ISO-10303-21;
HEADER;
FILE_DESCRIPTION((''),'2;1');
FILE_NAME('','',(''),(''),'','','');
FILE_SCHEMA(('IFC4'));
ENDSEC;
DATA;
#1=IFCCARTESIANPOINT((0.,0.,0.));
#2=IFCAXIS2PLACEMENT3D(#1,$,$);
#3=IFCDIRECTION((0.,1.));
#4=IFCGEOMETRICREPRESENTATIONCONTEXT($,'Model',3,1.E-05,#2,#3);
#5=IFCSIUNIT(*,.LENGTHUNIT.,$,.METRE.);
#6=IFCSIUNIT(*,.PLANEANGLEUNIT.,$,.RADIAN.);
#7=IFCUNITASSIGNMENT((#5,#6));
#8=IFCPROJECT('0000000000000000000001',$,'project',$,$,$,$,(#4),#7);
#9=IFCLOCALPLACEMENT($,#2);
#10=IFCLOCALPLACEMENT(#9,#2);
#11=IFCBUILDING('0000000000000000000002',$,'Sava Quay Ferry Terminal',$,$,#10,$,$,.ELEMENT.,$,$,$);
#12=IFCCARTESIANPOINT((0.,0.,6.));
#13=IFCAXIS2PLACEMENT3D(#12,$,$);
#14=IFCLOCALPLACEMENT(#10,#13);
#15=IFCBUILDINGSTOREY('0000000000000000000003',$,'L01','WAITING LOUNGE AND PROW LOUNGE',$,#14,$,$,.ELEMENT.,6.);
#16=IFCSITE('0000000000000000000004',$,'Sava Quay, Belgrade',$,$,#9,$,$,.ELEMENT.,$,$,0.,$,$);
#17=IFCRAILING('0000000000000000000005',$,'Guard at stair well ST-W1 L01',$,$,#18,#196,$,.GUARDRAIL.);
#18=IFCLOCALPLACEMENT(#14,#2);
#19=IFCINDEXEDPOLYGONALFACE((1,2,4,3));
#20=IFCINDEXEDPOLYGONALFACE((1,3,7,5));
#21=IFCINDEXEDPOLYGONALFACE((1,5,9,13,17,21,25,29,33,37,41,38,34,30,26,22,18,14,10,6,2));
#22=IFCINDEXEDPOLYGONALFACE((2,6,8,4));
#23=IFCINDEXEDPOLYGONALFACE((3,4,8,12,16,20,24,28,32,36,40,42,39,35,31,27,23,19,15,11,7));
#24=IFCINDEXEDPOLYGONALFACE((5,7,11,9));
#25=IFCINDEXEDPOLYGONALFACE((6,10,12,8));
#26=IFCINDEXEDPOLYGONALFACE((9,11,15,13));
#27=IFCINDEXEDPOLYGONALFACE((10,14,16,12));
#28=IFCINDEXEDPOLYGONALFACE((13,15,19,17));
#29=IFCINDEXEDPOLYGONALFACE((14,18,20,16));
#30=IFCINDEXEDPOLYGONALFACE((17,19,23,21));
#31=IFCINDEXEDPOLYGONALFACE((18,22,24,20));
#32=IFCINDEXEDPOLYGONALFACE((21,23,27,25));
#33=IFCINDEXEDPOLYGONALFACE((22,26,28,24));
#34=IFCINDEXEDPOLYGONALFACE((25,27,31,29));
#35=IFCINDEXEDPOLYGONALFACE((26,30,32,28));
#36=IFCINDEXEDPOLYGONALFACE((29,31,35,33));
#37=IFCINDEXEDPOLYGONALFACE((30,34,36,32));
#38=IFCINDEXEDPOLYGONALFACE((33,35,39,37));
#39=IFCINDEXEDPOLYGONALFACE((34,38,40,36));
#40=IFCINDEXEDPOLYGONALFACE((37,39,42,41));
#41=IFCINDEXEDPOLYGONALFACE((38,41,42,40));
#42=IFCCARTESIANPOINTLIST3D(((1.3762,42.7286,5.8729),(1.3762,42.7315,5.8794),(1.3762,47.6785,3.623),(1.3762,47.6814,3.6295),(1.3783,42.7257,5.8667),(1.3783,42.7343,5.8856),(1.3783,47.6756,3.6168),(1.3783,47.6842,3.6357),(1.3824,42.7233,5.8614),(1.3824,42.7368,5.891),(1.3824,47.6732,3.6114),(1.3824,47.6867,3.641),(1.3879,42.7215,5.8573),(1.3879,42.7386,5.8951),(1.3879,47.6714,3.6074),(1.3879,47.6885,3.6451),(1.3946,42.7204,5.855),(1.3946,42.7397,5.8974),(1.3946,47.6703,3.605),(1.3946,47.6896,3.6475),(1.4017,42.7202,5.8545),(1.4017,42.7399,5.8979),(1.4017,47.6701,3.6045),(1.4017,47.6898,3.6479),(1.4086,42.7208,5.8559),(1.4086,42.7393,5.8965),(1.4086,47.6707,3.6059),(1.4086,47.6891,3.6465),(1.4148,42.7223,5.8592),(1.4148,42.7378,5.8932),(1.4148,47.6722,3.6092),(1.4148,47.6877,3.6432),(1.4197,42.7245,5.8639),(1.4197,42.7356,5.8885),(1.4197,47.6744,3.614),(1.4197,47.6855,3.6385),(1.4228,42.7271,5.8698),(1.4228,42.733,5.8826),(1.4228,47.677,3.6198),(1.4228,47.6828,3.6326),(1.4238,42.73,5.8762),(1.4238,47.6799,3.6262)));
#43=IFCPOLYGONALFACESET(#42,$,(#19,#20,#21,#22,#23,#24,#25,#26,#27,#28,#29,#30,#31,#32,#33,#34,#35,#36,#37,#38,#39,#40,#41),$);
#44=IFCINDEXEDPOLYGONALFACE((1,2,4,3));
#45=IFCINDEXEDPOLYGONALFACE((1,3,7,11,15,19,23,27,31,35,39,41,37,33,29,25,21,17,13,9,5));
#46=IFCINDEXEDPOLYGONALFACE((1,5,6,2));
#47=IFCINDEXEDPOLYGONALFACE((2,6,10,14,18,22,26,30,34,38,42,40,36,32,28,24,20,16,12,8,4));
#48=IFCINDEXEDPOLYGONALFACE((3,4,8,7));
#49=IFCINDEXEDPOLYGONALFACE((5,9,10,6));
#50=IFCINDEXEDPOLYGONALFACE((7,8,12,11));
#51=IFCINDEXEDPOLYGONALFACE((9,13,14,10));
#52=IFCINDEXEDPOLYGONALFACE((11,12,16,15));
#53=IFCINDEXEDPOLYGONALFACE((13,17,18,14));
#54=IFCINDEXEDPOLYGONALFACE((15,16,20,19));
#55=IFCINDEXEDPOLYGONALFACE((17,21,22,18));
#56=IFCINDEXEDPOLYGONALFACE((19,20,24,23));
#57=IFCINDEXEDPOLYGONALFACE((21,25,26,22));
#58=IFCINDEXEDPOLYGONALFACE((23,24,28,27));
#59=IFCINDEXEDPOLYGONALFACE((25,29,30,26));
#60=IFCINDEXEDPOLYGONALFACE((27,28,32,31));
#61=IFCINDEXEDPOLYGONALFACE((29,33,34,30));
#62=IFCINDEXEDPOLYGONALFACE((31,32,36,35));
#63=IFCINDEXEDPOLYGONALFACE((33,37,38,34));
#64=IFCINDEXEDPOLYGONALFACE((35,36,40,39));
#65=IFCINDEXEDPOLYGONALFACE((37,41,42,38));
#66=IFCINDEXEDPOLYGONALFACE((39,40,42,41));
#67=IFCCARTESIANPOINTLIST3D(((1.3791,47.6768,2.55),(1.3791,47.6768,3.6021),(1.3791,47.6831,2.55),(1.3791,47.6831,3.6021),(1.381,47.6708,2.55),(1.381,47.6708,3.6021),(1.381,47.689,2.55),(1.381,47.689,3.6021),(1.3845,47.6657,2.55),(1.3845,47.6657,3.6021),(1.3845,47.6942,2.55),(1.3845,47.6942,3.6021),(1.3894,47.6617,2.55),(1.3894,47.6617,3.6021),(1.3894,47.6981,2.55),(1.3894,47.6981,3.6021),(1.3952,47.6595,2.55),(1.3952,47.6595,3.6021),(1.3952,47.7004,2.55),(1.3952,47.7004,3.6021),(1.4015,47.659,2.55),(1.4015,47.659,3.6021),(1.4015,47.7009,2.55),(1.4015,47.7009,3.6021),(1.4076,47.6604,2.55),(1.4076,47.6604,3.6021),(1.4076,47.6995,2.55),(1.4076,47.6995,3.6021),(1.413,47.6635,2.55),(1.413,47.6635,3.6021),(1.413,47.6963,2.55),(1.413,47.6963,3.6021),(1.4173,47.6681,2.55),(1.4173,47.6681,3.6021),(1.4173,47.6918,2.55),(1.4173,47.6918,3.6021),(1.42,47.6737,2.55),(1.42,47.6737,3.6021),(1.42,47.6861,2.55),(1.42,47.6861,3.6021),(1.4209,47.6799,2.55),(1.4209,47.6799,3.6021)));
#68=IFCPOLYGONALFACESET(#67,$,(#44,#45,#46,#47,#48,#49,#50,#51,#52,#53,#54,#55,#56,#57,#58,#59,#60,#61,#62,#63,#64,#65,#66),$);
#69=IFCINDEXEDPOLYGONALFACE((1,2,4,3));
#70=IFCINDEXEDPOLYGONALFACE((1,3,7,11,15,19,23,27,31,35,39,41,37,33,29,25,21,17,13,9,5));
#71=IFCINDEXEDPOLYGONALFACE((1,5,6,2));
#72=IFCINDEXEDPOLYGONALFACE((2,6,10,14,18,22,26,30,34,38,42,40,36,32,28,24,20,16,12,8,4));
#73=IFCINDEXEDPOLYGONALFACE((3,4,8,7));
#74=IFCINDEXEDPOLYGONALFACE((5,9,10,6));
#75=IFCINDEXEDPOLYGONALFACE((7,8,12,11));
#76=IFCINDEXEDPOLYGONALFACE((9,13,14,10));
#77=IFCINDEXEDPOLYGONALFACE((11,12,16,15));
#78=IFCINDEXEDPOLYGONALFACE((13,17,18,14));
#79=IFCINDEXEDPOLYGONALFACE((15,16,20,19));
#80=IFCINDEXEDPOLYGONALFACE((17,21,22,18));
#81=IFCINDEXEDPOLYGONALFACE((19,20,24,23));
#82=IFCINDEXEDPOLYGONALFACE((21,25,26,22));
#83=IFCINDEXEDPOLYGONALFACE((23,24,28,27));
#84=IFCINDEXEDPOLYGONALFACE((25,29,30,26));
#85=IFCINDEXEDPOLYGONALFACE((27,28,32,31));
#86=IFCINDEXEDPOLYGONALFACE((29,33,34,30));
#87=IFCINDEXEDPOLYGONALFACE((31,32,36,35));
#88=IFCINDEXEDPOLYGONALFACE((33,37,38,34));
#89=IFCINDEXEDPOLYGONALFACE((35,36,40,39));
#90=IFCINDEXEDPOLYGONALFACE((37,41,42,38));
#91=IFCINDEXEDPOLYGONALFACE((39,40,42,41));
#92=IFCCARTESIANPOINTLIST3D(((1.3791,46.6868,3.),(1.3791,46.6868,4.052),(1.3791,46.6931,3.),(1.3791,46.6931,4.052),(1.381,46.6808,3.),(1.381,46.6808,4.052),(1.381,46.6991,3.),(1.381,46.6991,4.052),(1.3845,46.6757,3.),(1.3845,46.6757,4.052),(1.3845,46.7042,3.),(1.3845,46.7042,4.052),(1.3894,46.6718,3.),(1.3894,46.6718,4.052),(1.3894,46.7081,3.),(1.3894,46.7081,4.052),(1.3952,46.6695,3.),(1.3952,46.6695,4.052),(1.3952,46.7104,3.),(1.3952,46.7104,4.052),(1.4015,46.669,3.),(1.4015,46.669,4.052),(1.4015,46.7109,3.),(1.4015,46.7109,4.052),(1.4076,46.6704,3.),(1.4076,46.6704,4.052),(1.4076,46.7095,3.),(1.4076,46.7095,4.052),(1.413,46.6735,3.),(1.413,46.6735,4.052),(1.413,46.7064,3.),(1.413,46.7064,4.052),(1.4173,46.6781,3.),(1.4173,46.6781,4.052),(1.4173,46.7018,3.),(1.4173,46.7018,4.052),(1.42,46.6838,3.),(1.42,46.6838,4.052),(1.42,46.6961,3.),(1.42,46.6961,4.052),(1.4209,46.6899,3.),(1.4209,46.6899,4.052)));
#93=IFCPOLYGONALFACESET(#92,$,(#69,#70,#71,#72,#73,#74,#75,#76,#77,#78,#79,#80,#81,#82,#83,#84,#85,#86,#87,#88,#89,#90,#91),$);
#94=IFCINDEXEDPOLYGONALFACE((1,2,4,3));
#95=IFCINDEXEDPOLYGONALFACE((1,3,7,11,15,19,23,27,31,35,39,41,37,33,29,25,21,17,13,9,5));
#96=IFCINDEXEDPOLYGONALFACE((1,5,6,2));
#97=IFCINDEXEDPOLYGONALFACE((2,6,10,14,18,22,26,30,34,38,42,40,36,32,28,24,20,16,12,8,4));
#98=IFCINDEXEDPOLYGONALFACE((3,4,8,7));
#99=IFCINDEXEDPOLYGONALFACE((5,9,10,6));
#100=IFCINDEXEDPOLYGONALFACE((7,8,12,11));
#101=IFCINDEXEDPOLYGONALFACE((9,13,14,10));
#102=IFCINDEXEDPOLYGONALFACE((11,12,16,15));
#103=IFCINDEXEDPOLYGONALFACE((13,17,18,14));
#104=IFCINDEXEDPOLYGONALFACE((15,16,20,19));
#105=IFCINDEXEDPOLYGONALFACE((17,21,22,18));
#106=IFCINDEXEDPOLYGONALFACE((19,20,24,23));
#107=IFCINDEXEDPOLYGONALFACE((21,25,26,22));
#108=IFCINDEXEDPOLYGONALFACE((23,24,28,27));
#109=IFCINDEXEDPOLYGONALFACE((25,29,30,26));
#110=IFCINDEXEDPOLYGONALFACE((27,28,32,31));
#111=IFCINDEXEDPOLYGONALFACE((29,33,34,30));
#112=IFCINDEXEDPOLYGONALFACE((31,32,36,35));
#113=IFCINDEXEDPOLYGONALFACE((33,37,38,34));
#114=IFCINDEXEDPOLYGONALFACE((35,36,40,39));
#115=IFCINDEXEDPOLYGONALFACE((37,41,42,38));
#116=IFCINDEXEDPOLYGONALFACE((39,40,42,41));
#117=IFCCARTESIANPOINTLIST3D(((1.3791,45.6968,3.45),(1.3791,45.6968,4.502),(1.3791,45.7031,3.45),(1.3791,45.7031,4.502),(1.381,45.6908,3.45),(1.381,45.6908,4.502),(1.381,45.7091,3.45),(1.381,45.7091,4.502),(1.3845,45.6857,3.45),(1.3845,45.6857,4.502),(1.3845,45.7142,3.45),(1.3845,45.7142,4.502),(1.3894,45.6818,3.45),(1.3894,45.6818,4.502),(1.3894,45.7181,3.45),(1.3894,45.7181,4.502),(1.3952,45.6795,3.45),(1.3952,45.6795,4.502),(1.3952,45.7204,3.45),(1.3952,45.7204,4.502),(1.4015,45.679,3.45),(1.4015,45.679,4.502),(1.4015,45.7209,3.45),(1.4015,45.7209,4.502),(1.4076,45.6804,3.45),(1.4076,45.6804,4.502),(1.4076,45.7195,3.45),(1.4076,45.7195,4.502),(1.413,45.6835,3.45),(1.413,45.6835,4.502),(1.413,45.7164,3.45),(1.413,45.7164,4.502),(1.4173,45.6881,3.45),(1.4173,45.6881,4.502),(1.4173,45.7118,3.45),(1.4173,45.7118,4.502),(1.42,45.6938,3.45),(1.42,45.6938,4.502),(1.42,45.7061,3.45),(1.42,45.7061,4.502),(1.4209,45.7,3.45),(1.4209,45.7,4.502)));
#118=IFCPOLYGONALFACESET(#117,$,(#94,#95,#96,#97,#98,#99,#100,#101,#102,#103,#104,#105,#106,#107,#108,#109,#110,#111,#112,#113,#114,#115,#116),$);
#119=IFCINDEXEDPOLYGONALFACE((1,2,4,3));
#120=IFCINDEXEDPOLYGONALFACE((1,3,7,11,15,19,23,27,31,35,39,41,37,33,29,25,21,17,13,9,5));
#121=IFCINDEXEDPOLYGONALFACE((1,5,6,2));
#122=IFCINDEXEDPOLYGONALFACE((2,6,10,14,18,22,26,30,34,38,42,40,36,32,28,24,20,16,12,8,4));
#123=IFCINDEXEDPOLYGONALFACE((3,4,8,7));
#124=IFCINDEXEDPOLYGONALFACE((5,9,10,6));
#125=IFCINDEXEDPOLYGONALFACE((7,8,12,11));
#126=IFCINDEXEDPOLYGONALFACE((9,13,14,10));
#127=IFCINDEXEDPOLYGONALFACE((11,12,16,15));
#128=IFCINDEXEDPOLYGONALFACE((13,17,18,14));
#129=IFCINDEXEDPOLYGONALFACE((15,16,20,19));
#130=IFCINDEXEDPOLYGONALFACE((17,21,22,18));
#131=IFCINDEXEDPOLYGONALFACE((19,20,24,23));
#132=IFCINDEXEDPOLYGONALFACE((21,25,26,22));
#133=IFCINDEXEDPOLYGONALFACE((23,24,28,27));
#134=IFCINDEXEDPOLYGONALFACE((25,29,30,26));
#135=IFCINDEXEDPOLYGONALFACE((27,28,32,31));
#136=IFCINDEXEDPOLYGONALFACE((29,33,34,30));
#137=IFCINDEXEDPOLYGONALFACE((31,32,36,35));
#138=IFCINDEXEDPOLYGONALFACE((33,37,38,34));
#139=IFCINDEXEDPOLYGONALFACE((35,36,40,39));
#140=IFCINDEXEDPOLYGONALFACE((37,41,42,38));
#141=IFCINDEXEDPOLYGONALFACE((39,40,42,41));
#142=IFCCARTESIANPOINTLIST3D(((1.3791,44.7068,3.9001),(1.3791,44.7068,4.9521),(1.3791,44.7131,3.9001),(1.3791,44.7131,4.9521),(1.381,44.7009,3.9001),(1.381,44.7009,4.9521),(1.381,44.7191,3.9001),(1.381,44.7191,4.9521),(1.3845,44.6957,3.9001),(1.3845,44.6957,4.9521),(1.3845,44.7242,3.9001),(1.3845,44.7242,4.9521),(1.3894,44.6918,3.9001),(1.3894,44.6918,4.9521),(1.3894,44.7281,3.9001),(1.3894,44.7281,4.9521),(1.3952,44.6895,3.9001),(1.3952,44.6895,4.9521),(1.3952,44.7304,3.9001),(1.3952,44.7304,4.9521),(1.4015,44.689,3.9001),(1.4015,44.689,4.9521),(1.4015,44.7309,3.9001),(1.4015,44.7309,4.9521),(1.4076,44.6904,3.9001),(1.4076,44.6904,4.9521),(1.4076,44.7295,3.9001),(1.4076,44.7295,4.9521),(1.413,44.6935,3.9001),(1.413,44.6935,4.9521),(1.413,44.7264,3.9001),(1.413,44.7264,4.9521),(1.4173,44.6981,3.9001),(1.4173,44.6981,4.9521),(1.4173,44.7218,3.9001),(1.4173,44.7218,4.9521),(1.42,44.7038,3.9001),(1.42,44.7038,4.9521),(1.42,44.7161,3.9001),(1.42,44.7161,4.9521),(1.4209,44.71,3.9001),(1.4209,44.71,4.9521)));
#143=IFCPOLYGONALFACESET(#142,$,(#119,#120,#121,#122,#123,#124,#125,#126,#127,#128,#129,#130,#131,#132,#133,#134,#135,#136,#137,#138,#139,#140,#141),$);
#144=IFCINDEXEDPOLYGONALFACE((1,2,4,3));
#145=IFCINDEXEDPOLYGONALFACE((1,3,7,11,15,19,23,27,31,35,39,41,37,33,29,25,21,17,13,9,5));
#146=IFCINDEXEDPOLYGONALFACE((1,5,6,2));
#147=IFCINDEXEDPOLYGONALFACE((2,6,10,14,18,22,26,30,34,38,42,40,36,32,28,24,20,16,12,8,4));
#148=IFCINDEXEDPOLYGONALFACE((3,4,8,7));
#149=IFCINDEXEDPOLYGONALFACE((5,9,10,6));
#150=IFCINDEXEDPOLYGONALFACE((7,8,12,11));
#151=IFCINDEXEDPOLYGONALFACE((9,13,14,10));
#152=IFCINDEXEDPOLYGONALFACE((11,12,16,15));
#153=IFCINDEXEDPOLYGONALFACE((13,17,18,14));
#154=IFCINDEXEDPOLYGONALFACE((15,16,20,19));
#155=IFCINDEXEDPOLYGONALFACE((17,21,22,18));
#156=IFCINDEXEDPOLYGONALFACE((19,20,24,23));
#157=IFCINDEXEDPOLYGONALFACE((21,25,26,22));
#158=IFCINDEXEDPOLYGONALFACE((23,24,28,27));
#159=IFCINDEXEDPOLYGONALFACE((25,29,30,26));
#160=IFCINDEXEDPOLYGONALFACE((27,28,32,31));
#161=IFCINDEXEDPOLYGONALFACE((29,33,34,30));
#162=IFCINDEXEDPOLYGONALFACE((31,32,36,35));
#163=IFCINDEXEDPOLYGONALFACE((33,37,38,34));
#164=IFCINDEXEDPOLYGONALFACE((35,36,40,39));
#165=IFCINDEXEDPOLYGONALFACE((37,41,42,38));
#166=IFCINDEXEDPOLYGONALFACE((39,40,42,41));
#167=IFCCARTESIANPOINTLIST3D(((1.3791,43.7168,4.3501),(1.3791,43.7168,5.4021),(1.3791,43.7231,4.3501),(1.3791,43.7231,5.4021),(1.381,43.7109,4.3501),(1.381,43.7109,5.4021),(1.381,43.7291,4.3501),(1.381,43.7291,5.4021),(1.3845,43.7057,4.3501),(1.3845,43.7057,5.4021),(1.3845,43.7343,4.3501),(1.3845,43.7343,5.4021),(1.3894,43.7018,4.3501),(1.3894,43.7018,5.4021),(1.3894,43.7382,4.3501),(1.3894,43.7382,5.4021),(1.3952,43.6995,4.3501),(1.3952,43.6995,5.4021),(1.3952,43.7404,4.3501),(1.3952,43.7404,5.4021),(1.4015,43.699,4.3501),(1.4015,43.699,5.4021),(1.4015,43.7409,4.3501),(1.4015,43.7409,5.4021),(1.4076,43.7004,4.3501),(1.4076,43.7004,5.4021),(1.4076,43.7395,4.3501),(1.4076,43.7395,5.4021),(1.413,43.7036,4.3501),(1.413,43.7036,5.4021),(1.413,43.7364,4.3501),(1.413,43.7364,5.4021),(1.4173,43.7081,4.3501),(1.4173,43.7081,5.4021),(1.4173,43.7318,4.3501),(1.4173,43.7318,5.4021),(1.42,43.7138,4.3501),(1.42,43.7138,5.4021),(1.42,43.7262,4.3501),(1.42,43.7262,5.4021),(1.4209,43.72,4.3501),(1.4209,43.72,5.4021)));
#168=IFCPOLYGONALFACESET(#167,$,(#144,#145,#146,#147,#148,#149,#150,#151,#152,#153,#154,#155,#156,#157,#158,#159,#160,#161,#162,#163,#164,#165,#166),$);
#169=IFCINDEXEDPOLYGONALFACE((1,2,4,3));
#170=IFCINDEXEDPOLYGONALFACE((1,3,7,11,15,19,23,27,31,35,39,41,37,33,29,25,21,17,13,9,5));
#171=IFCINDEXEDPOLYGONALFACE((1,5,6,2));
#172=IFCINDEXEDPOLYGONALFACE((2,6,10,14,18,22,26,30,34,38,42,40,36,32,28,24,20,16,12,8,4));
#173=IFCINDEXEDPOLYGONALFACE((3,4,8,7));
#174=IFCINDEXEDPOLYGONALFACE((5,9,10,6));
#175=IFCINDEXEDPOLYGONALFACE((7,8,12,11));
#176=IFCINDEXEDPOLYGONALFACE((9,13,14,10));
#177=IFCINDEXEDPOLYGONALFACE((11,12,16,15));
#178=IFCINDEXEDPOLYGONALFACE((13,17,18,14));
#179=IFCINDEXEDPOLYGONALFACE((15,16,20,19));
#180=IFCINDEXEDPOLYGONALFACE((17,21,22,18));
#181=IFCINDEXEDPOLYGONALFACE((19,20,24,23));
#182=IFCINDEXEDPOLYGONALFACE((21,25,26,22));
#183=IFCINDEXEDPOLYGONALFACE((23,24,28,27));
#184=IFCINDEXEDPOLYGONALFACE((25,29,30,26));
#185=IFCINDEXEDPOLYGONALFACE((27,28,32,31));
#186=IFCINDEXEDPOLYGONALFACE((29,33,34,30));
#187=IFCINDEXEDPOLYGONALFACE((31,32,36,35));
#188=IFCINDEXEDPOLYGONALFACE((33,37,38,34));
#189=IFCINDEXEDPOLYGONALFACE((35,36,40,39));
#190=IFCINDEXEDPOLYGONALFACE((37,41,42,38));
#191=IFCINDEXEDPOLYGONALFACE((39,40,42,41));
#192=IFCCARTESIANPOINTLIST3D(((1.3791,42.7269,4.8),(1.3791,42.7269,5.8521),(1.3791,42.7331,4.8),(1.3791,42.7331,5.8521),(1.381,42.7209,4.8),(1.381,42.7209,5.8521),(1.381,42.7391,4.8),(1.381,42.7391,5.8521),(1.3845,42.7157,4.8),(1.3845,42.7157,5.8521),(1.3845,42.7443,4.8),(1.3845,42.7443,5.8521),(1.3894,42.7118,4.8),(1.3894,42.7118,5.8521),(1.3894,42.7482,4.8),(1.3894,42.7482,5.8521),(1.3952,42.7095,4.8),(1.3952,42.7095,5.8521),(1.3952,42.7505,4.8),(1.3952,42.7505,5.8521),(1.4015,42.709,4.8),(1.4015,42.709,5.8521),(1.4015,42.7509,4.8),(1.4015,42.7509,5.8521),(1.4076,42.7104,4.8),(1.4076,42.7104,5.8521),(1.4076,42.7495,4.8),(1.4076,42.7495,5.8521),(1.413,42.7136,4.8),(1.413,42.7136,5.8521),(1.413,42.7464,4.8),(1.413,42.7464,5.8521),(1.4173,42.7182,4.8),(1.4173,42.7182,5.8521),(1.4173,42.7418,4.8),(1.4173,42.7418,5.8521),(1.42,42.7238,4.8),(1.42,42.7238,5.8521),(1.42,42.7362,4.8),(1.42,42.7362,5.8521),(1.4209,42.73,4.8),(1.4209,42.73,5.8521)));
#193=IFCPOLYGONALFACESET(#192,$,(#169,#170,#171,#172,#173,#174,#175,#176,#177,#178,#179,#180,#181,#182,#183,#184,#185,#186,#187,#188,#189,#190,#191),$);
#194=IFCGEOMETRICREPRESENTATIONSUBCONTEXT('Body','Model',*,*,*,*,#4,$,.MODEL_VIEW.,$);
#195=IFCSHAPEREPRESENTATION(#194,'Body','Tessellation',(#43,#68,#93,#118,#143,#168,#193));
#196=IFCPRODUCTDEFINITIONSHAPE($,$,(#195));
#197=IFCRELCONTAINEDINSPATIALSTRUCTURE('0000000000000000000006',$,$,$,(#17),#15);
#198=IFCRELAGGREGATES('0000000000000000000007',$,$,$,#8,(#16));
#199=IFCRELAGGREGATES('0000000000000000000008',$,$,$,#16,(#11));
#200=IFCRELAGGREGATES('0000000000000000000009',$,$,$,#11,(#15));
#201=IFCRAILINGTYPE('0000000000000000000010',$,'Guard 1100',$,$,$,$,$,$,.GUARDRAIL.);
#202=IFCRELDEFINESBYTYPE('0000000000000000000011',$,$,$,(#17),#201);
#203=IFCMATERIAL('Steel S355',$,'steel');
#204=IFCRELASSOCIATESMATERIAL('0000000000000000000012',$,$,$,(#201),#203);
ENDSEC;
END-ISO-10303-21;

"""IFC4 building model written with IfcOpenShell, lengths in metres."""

from ifc_helpers import new_model, si_unit, direction, frame, origin, origin_2d, place, context, subcontext, project, spatial, circle, extrude, material, type_object, element, save


model = new_model("IFC4")

# Units and contexts
model_context = context("Model", 3, precision=1e-05, world=origin(), true_north=direction((0.0, 1.0)))
body_context = subcontext(model_context, "Body", "Model", "MODEL_VIEW")
ifc_project = project(units=[si_unit("LENGTHUNIT", "METRE"), si_unit("PLANEANGLEUNIT", "RADIAN")], contexts=[model_context])

# Site, building, storey
site_placement = place(None, origin())
site = spatial("IfcSite", under=ifc_project, at=site_placement, Name="Sava Quay, Belgrade", CompositionType="ELEMENT", RefElevation=0.0)
building_placement = place(site_placement, origin())
building = spatial("IfcBuilding", under=site, at=building_placement, Name="Sava Quay Ferry Terminal", CompositionType="ELEMENT")
storey_placement = place(building_placement, frame((0.0, 0.0, 6.0)))
storey = spatial("IfcBuildingStorey", under=building, at=storey_placement, Name="L01", Description="WAITING LOUNGE AND PROW LOUNGE", CompositionType="ELEMENT", Elevation=6.0)

# Railing
ifc_material_1 = material(Name="Steel S355", Category="steel")
railing_type_1 = type_object("IfcRailingType", Name="Guard 1100", PredefinedType="GUARDRAIL", material=ifc_material_1)
railing_1_placement = place(storey_placement, frame((1.3999, 47.6799, 2.55)))
element("IfcRailing", 1, at=railing_1_placement, inside=storey, type_object=railing_type_1, Name="Guard at stair well ST-W1 L01", PredefinedType="GUARDRAIL", context=body_context, shape_type="SweptSolid", body=[
    extrude(circle(Radius=0.0239, at=origin_2d()), frame((0.0, 0.0, 1.0762), z_axis=(0.0, -0.910365, 0.413806), x_axis=(1.0, 0.0, 0.0)), (0.0, 0.0, 1.0), 5.4373),
    extrude(circle(Radius=0.021, at=origin_2d()), origin(), (0.0, 0.0, 1.0), 1.052),
    extrude(circle(Radius=0.021, at=origin_2d()), frame((0.0, -0.99, 0.45)), (0.0, 0.0, 1.0), 1.052),
    extrude(circle(Radius=0.021, at=origin_2d()), frame((0.0, -1.98, 0.8999)), (0.0, 0.0, 1.0), 1.052),
    extrude(circle(Radius=0.021, at=origin_2d()), frame((0.0, -2.97, 1.3501)), (0.0, 0.0, 1.0), 1.052),
    extrude(circle(Radius=0.021, at=origin_2d()), frame((0.0, -3.96, 1.8)), (0.0, 0.0, 1.0), 1.052),
    extrude(circle(Radius=0.021, at=origin_2d()), frame((0.0, -4.95, 2.25)), (0.0, 0.0, 1.0), 1.052),
])

save(model, "model.ifc")
